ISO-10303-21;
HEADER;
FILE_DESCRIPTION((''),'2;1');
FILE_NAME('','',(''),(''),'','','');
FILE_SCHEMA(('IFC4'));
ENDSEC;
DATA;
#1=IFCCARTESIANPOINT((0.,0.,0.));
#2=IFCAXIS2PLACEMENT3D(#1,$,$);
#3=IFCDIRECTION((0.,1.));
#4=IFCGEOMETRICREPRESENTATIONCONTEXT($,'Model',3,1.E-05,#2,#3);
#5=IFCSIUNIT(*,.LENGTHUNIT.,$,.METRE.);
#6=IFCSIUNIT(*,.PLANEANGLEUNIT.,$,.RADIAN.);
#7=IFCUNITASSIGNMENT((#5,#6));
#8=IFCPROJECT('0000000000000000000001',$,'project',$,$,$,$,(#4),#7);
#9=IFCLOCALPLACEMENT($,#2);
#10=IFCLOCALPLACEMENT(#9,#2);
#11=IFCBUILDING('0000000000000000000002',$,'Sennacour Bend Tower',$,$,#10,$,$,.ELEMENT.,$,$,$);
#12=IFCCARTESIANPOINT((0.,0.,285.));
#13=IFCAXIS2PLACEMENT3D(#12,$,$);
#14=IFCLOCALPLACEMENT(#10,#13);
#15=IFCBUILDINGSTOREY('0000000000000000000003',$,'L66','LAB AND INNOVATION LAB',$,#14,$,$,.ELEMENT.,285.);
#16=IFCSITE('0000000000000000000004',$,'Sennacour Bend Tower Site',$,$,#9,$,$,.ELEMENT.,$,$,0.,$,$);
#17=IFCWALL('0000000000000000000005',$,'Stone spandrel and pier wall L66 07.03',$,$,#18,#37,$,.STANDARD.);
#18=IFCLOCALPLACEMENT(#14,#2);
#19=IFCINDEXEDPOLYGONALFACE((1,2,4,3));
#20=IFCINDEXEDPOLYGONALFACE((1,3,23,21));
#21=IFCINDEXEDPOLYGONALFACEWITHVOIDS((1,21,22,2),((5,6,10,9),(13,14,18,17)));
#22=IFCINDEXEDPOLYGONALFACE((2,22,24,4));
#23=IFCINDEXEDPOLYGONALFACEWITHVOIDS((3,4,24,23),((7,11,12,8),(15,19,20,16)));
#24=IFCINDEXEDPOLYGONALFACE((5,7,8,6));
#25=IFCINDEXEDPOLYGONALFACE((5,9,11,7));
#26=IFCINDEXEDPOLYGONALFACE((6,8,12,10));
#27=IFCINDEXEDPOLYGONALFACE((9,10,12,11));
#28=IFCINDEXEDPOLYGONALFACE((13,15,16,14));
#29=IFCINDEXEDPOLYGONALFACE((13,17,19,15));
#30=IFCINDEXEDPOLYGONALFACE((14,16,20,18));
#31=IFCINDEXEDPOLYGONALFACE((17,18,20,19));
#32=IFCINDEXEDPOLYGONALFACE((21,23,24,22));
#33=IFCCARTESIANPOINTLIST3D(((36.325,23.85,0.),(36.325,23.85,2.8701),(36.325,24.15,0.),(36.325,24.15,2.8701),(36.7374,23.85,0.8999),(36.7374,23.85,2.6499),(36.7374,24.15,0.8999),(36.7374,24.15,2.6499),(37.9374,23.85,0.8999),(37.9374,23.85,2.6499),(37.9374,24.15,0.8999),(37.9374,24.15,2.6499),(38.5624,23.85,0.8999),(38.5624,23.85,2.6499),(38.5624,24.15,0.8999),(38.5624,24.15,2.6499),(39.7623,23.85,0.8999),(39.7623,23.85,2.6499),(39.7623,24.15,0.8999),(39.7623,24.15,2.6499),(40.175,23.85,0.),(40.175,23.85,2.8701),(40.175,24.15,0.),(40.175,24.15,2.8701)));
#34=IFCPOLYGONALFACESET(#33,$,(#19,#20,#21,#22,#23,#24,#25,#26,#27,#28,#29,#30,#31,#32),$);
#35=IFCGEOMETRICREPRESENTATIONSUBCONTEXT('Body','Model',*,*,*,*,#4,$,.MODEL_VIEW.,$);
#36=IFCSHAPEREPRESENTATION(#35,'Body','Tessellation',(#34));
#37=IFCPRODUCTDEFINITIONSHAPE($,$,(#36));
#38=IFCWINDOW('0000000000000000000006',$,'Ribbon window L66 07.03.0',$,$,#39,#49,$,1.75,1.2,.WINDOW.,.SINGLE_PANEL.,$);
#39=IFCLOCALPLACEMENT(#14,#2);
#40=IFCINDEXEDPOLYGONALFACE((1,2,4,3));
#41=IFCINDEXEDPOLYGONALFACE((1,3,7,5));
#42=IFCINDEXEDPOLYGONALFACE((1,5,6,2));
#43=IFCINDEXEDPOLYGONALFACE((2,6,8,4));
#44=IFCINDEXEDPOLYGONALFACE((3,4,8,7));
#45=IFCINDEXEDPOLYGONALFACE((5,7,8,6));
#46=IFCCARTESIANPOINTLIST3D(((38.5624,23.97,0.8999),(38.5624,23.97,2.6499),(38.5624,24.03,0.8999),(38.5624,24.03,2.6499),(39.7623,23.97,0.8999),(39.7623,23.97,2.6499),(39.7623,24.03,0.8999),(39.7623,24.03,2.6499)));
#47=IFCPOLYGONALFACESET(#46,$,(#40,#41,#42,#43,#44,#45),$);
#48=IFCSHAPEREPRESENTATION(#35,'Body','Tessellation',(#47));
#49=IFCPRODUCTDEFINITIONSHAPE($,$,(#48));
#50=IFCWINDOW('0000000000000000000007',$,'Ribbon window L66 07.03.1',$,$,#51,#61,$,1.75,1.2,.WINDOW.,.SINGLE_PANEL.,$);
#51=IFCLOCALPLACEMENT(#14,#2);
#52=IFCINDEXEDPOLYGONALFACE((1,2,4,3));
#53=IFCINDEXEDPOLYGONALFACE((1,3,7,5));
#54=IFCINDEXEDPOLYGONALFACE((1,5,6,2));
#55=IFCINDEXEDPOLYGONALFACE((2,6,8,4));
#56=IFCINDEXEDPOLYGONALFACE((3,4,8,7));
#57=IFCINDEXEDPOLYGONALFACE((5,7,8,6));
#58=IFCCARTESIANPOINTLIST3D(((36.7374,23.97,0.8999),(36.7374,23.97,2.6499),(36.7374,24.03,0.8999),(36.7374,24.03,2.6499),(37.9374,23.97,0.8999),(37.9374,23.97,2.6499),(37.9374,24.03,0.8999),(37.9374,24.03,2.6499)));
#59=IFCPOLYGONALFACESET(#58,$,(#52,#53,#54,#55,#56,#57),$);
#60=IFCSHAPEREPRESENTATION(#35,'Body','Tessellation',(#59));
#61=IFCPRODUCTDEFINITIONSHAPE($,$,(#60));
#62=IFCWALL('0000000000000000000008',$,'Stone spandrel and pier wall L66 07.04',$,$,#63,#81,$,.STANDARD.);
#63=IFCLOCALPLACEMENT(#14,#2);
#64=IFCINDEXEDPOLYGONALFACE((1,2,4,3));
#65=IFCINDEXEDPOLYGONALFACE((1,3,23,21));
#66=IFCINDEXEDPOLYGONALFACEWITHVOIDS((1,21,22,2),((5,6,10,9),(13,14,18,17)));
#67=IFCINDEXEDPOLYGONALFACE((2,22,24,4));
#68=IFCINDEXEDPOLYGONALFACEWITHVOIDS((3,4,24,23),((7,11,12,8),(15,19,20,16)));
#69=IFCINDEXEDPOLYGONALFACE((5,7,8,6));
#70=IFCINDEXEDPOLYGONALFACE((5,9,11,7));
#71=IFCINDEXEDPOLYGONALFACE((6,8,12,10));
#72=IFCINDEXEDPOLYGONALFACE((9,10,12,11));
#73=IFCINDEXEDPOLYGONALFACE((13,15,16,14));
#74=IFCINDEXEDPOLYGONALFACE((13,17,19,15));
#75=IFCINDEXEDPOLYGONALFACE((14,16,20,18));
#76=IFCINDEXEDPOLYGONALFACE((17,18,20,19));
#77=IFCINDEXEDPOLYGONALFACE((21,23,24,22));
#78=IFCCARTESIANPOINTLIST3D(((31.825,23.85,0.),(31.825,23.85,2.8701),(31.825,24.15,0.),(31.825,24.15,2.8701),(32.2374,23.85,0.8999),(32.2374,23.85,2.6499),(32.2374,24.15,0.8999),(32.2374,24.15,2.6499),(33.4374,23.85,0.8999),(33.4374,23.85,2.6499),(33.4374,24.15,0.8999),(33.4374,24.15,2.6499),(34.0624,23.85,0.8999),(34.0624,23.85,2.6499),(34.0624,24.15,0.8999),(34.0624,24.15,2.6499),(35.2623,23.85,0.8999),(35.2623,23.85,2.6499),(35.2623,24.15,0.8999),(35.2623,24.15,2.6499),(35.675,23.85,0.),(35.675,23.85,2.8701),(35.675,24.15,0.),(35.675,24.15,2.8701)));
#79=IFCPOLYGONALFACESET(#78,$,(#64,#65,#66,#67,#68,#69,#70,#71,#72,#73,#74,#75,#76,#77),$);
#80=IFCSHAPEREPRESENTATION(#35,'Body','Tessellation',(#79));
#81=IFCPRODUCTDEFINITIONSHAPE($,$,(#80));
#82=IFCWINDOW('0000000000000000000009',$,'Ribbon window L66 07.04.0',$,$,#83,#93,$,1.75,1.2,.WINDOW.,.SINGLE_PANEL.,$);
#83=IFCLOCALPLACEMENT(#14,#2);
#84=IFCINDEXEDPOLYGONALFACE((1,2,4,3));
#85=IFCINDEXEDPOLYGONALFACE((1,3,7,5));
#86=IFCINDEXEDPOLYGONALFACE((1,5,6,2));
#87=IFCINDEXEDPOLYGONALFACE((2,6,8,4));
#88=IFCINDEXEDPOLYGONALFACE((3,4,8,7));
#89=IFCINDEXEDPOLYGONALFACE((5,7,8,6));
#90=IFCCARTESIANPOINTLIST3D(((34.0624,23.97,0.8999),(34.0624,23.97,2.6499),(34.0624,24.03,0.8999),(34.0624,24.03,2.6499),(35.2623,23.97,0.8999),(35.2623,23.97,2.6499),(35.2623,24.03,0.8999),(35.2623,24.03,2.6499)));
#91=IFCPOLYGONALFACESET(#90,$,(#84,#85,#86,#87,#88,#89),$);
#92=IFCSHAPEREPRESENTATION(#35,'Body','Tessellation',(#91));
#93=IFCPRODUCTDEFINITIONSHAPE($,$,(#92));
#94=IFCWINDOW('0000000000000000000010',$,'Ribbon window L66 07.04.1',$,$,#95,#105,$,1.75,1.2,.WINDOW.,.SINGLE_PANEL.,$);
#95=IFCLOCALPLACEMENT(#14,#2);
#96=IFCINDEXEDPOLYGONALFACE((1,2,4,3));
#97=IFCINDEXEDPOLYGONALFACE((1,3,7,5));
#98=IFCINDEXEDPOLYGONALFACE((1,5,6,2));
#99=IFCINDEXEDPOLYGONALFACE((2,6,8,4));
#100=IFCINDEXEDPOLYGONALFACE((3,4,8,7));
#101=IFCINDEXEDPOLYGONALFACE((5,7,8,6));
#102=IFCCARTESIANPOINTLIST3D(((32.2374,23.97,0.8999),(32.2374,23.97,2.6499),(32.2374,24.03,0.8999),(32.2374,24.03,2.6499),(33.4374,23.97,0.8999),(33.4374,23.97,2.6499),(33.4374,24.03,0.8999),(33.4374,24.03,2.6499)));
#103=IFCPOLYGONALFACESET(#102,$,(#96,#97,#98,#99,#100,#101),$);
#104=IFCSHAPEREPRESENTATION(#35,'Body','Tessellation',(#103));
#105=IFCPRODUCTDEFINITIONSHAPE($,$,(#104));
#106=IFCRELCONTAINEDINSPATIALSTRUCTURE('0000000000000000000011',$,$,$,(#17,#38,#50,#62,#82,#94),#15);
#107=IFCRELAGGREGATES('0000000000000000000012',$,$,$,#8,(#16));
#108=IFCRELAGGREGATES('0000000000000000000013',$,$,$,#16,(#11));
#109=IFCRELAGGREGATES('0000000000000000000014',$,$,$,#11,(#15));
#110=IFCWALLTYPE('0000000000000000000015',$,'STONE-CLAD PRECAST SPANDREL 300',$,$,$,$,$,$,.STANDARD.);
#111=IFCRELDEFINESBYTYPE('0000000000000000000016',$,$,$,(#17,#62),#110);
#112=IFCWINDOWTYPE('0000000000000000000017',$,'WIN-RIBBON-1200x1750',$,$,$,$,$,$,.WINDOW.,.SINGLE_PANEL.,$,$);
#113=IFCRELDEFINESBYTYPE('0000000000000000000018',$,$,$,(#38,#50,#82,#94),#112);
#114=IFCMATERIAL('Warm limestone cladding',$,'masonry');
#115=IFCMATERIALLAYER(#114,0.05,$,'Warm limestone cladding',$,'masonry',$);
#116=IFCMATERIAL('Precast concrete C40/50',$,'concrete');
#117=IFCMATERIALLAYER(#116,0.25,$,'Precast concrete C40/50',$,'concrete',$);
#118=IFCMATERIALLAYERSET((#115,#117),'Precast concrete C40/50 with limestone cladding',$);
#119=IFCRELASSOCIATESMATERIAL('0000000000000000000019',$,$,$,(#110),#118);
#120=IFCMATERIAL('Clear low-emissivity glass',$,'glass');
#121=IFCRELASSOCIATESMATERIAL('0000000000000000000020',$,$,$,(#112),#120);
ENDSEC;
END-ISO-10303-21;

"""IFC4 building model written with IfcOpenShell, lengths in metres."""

from ifc_helpers import new_model, si_unit, direction, frame, frame_2d, origin, place, context, subcontext, project, spatial, rectangle, extrude, material, layer, layer_set, type_object, element, fill, save


model = new_model("IFC4")

# Units and contexts
model_context = context("Model", 3, precision=1e-05, world=origin(), true_north=direction((0.0, 1.0)))
body_context = subcontext(model_context, "Body", "Model", "MODEL_VIEW")
ifc_project = project(units=[si_unit("LENGTHUNIT", "METRE"), si_unit("PLANEANGLEUNIT", "RADIAN")], contexts=[model_context])

# Site, building, storey
site_placement = place(None, origin())
site = spatial("IfcSite", under=ifc_project, at=site_placement, Name="Sennacour Bend Tower Site", CompositionType="ELEMENT", RefElevation=0.0)
building_placement = place(site_placement, origin())
building = spatial("IfcBuilding", under=site, at=building_placement, Name="Sennacour Bend Tower", CompositionType="ELEMENT")
storey_placement = place(building_placement, frame((0.0, 0.0, 285.0)))
storey = spatial("IfcBuildingStorey", under=building, at=storey_placement, Name="L66", Description="LAB AND INNOVATION LAB", CompositionType="ELEMENT", Elevation=285.0)

# Walls, openings, windows
ifc_material_1 = material(Name="Warm limestone cladding", Category="masonry")
ifc_layer_1 = layer(ifc_material_1, 0.05, Name="Warm limestone cladding", Category="masonry")
ifc_material_2 = material(Name="Precast concrete C40/50", Category="concrete")
ifc_layer_2 = layer(ifc_material_2, 0.25, Name="Precast concrete C40/50", Category="concrete")
ifc_layer_set_1 = layer_set([ifc_layer_1, ifc_layer_2], Name="Precast concrete C40/50 with limestone cladding")
wall_type_1 = type_object("IfcWallType", Name="STONE-CLAD PRECAST SPANDREL 300", PredefinedType="STANDARD", material=ifc_layer_set_1)
wall_1_placement = place(storey_placement, frame((40.175, 24.0, 0.0), z_axis=(0.0, 0.0, 1.0), x_axis=(-1.0, 0.0, 0.0)))
wall_1 = element("IfcWall", 1, at=wall_1_placement, inside=storey, type_object=wall_type_1, Name="Stone spandrel and pier wall L66 07.03", PredefinedType="STANDARD", context=body_context, shape_type="SweptSolid", body=[
    extrude(rectangle(XDim=3.8501, YDim=0.3, at=frame_2d((1.925, 0.0))), origin(), (0.0, 0.0, 1.0), 2.8701),
])
opening_1_placement = place(wall_1_placement, frame((0.4126, 0.0, 0.8999)))
opening_1 = element("IfcOpeningElement", 2, at=opening_1_placement, cuts=wall_1, PredefinedType="OPENING", context=body_context, shape_type="SweptSolid", body=[
    extrude(rectangle(XDim=1.2, YDim=1.75, at=frame_2d((0.6001, 0.875))), frame((0.0, 0.1602, 0.0), z_axis=(0.0, -1.0, 0.0), x_axis=(1.0, 0.0, 0.0)), (0.0, 0.0, 1.0), 0.3201),
])
opening_2_placement = place(wall_1_placement, frame((2.2375, 0.0, 0.8999)))
opening_2 = element("IfcOpeningElement", 3, at=opening_2_placement, cuts=wall_1, PredefinedType="OPENING", context=body_context, shape_type="SweptSolid", body=[
    extrude(rectangle(XDim=1.2, YDim=1.75, at=frame_2d((0.6001, 0.875))), frame((0.0, 0.1602, 0.0), z_axis=(0.0, -1.0, 0.0), x_axis=(1.0, 0.0, 0.0)), (0.0, 0.0, 1.0), 0.3201),
])
ifc_material_3 = material(Name="Clear low-emissivity glass", Category="glass")
window_type = type_object("IfcWindowType", Name="WIN-RIBBON-1200x1750", PartitioningType="SINGLE_PANEL", PredefinedType="WINDOW", material=ifc_material_3)
window_1_placement = place(opening_1_placement, origin())
window_1 = element("IfcWindow", 4, at=window_1_placement, inside=storey, type_object=window_type, Name="Ribbon window L66 07.03.0", OverallHeight=1.75, OverallWidth=1.2, PartitioningType="SINGLE_PANEL", PredefinedType="WINDOW", context=body_context, shape_type="SweptSolid", body=[
    extrude(rectangle(XDim=1.2, YDim=1.75, at=frame_2d((0.6001, 0.875))), frame((0.0, 0.03, 0.0), z_axis=(0.0, -1.0, 0.0), x_axis=(1.0, 0.0, 0.0)), (0.0, 0.0, 1.0), 0.0601),
])
fill(opening_1, window_1)
window_2_placement = place(opening_2_placement, origin())
window_2 = element("IfcWindow", 5, at=window_2_placement, inside=storey, type_object=window_type, Name="Ribbon window L66 07.03.1", OverallHeight=1.75, OverallWidth=1.2, PartitioningType="SINGLE_PANEL", PredefinedType="WINDOW", context=body_context, shape_type="SweptSolid", body=[
    extrude(rectangle(XDim=1.2, YDim=1.75, at=frame_2d((0.6001, 0.875))), frame((0.0, 0.03, 0.0), z_axis=(0.0, -1.0, 0.0), x_axis=(1.0, 0.0, 0.0)), (0.0, 0.0, 1.0), 0.0601),
])
fill(opening_2, window_2)
wall_2_placement = place(storey_placement, frame((35.675, 24.0, 0.0), z_axis=(0.0, 0.0, 1.0), x_axis=(-1.0, 0.0, 0.0)))
wall_2 = element("IfcWall", 6, at=wall_2_placement, inside=storey, type_object=wall_type_1, Name="Stone spandrel and pier wall L66 07.04", PredefinedType="STANDARD", context=body_context, shape_type="SweptSolid", body=[
    extrude(rectangle(XDim=3.8501, YDim=0.3, at=frame_2d((1.925, 0.0))), origin(), (0.0, 0.0, 1.0), 2.8701),
])
opening_3_placement = place(wall_2_placement, frame((0.4126, 0.0, 0.8999)))
opening_3 = element("IfcOpeningElement", 7, at=opening_3_placement, cuts=wall_2, PredefinedType="OPENING", context=body_context, shape_type="SweptSolid", body=[
    extrude(rectangle(XDim=1.2, YDim=1.75, at=frame_2d((0.6001, 0.875))), frame((0.0, 0.1602, 0.0), z_axis=(0.0, -1.0, 0.0), x_axis=(1.0, 0.0, 0.0)), (0.0, 0.0, 1.0), 0.3201),
])
opening_4_placement = place(wall_2_placement, frame((2.2375, 0.0, 0.8999)))
opening_4 = element("IfcOpeningElement", 8, at=opening_4_placement, cuts=wall_2, PredefinedType="OPENING", context=body_context, shape_type="SweptSolid", body=[
    extrude(rectangle(XDim=1.2, YDim=1.75, at=frame_2d((0.6001, 0.875))), frame((0.0, 0.1602, 0.0), z_axis=(0.0, -1.0, 0.0), x_axis=(1.0, 0.0, 0.0)), (0.0, 0.0, 1.0), 0.3201),
])
window_3_placement = place(opening_3_placement, origin())
window_3 = element("IfcWindow", 9, at=window_3_placement, inside=storey, type_object=window_type, Name="Ribbon window L66 07.04.0", OverallHeight=1.75, OverallWidth=1.2, PartitioningType="SINGLE_PANEL", PredefinedType="WINDOW", context=body_context, shape_type="SweptSolid", body=[
    extrude(rectangle(XDim=1.2, YDim=1.75, at=frame_2d((0.6001, 0.875))), frame((0.0, 0.03, 0.0), z_axis=(0.0, -1.0, 0.0), x_axis=(1.0, 0.0, 0.0)), (0.0, 0.0, 1.0), 0.0601),
])
fill(opening_3, window_3)
window_4_placement = place(opening_4_placement, origin())
window_4 = element("IfcWindow", 10, at=window_4_placement, inside=storey, type_object=window_type, Name="Ribbon window L66 07.04.1", OverallHeight=1.75, OverallWidth=1.2, PartitioningType="SINGLE_PANEL", PredefinedType="WINDOW", context=body_context, shape_type="SweptSolid", body=[
    extrude(rectangle(XDim=1.2, YDim=1.75, at=frame_2d((0.6001, 0.875))), frame((0.0, 0.03, 0.0), z_axis=(0.0, -1.0, 0.0), x_axis=(1.0, 0.0, 0.0)), (0.0, 0.0, 1.0), 0.0601),
])
fill(opening_4, window_4)

save(model, "model.ifc")
